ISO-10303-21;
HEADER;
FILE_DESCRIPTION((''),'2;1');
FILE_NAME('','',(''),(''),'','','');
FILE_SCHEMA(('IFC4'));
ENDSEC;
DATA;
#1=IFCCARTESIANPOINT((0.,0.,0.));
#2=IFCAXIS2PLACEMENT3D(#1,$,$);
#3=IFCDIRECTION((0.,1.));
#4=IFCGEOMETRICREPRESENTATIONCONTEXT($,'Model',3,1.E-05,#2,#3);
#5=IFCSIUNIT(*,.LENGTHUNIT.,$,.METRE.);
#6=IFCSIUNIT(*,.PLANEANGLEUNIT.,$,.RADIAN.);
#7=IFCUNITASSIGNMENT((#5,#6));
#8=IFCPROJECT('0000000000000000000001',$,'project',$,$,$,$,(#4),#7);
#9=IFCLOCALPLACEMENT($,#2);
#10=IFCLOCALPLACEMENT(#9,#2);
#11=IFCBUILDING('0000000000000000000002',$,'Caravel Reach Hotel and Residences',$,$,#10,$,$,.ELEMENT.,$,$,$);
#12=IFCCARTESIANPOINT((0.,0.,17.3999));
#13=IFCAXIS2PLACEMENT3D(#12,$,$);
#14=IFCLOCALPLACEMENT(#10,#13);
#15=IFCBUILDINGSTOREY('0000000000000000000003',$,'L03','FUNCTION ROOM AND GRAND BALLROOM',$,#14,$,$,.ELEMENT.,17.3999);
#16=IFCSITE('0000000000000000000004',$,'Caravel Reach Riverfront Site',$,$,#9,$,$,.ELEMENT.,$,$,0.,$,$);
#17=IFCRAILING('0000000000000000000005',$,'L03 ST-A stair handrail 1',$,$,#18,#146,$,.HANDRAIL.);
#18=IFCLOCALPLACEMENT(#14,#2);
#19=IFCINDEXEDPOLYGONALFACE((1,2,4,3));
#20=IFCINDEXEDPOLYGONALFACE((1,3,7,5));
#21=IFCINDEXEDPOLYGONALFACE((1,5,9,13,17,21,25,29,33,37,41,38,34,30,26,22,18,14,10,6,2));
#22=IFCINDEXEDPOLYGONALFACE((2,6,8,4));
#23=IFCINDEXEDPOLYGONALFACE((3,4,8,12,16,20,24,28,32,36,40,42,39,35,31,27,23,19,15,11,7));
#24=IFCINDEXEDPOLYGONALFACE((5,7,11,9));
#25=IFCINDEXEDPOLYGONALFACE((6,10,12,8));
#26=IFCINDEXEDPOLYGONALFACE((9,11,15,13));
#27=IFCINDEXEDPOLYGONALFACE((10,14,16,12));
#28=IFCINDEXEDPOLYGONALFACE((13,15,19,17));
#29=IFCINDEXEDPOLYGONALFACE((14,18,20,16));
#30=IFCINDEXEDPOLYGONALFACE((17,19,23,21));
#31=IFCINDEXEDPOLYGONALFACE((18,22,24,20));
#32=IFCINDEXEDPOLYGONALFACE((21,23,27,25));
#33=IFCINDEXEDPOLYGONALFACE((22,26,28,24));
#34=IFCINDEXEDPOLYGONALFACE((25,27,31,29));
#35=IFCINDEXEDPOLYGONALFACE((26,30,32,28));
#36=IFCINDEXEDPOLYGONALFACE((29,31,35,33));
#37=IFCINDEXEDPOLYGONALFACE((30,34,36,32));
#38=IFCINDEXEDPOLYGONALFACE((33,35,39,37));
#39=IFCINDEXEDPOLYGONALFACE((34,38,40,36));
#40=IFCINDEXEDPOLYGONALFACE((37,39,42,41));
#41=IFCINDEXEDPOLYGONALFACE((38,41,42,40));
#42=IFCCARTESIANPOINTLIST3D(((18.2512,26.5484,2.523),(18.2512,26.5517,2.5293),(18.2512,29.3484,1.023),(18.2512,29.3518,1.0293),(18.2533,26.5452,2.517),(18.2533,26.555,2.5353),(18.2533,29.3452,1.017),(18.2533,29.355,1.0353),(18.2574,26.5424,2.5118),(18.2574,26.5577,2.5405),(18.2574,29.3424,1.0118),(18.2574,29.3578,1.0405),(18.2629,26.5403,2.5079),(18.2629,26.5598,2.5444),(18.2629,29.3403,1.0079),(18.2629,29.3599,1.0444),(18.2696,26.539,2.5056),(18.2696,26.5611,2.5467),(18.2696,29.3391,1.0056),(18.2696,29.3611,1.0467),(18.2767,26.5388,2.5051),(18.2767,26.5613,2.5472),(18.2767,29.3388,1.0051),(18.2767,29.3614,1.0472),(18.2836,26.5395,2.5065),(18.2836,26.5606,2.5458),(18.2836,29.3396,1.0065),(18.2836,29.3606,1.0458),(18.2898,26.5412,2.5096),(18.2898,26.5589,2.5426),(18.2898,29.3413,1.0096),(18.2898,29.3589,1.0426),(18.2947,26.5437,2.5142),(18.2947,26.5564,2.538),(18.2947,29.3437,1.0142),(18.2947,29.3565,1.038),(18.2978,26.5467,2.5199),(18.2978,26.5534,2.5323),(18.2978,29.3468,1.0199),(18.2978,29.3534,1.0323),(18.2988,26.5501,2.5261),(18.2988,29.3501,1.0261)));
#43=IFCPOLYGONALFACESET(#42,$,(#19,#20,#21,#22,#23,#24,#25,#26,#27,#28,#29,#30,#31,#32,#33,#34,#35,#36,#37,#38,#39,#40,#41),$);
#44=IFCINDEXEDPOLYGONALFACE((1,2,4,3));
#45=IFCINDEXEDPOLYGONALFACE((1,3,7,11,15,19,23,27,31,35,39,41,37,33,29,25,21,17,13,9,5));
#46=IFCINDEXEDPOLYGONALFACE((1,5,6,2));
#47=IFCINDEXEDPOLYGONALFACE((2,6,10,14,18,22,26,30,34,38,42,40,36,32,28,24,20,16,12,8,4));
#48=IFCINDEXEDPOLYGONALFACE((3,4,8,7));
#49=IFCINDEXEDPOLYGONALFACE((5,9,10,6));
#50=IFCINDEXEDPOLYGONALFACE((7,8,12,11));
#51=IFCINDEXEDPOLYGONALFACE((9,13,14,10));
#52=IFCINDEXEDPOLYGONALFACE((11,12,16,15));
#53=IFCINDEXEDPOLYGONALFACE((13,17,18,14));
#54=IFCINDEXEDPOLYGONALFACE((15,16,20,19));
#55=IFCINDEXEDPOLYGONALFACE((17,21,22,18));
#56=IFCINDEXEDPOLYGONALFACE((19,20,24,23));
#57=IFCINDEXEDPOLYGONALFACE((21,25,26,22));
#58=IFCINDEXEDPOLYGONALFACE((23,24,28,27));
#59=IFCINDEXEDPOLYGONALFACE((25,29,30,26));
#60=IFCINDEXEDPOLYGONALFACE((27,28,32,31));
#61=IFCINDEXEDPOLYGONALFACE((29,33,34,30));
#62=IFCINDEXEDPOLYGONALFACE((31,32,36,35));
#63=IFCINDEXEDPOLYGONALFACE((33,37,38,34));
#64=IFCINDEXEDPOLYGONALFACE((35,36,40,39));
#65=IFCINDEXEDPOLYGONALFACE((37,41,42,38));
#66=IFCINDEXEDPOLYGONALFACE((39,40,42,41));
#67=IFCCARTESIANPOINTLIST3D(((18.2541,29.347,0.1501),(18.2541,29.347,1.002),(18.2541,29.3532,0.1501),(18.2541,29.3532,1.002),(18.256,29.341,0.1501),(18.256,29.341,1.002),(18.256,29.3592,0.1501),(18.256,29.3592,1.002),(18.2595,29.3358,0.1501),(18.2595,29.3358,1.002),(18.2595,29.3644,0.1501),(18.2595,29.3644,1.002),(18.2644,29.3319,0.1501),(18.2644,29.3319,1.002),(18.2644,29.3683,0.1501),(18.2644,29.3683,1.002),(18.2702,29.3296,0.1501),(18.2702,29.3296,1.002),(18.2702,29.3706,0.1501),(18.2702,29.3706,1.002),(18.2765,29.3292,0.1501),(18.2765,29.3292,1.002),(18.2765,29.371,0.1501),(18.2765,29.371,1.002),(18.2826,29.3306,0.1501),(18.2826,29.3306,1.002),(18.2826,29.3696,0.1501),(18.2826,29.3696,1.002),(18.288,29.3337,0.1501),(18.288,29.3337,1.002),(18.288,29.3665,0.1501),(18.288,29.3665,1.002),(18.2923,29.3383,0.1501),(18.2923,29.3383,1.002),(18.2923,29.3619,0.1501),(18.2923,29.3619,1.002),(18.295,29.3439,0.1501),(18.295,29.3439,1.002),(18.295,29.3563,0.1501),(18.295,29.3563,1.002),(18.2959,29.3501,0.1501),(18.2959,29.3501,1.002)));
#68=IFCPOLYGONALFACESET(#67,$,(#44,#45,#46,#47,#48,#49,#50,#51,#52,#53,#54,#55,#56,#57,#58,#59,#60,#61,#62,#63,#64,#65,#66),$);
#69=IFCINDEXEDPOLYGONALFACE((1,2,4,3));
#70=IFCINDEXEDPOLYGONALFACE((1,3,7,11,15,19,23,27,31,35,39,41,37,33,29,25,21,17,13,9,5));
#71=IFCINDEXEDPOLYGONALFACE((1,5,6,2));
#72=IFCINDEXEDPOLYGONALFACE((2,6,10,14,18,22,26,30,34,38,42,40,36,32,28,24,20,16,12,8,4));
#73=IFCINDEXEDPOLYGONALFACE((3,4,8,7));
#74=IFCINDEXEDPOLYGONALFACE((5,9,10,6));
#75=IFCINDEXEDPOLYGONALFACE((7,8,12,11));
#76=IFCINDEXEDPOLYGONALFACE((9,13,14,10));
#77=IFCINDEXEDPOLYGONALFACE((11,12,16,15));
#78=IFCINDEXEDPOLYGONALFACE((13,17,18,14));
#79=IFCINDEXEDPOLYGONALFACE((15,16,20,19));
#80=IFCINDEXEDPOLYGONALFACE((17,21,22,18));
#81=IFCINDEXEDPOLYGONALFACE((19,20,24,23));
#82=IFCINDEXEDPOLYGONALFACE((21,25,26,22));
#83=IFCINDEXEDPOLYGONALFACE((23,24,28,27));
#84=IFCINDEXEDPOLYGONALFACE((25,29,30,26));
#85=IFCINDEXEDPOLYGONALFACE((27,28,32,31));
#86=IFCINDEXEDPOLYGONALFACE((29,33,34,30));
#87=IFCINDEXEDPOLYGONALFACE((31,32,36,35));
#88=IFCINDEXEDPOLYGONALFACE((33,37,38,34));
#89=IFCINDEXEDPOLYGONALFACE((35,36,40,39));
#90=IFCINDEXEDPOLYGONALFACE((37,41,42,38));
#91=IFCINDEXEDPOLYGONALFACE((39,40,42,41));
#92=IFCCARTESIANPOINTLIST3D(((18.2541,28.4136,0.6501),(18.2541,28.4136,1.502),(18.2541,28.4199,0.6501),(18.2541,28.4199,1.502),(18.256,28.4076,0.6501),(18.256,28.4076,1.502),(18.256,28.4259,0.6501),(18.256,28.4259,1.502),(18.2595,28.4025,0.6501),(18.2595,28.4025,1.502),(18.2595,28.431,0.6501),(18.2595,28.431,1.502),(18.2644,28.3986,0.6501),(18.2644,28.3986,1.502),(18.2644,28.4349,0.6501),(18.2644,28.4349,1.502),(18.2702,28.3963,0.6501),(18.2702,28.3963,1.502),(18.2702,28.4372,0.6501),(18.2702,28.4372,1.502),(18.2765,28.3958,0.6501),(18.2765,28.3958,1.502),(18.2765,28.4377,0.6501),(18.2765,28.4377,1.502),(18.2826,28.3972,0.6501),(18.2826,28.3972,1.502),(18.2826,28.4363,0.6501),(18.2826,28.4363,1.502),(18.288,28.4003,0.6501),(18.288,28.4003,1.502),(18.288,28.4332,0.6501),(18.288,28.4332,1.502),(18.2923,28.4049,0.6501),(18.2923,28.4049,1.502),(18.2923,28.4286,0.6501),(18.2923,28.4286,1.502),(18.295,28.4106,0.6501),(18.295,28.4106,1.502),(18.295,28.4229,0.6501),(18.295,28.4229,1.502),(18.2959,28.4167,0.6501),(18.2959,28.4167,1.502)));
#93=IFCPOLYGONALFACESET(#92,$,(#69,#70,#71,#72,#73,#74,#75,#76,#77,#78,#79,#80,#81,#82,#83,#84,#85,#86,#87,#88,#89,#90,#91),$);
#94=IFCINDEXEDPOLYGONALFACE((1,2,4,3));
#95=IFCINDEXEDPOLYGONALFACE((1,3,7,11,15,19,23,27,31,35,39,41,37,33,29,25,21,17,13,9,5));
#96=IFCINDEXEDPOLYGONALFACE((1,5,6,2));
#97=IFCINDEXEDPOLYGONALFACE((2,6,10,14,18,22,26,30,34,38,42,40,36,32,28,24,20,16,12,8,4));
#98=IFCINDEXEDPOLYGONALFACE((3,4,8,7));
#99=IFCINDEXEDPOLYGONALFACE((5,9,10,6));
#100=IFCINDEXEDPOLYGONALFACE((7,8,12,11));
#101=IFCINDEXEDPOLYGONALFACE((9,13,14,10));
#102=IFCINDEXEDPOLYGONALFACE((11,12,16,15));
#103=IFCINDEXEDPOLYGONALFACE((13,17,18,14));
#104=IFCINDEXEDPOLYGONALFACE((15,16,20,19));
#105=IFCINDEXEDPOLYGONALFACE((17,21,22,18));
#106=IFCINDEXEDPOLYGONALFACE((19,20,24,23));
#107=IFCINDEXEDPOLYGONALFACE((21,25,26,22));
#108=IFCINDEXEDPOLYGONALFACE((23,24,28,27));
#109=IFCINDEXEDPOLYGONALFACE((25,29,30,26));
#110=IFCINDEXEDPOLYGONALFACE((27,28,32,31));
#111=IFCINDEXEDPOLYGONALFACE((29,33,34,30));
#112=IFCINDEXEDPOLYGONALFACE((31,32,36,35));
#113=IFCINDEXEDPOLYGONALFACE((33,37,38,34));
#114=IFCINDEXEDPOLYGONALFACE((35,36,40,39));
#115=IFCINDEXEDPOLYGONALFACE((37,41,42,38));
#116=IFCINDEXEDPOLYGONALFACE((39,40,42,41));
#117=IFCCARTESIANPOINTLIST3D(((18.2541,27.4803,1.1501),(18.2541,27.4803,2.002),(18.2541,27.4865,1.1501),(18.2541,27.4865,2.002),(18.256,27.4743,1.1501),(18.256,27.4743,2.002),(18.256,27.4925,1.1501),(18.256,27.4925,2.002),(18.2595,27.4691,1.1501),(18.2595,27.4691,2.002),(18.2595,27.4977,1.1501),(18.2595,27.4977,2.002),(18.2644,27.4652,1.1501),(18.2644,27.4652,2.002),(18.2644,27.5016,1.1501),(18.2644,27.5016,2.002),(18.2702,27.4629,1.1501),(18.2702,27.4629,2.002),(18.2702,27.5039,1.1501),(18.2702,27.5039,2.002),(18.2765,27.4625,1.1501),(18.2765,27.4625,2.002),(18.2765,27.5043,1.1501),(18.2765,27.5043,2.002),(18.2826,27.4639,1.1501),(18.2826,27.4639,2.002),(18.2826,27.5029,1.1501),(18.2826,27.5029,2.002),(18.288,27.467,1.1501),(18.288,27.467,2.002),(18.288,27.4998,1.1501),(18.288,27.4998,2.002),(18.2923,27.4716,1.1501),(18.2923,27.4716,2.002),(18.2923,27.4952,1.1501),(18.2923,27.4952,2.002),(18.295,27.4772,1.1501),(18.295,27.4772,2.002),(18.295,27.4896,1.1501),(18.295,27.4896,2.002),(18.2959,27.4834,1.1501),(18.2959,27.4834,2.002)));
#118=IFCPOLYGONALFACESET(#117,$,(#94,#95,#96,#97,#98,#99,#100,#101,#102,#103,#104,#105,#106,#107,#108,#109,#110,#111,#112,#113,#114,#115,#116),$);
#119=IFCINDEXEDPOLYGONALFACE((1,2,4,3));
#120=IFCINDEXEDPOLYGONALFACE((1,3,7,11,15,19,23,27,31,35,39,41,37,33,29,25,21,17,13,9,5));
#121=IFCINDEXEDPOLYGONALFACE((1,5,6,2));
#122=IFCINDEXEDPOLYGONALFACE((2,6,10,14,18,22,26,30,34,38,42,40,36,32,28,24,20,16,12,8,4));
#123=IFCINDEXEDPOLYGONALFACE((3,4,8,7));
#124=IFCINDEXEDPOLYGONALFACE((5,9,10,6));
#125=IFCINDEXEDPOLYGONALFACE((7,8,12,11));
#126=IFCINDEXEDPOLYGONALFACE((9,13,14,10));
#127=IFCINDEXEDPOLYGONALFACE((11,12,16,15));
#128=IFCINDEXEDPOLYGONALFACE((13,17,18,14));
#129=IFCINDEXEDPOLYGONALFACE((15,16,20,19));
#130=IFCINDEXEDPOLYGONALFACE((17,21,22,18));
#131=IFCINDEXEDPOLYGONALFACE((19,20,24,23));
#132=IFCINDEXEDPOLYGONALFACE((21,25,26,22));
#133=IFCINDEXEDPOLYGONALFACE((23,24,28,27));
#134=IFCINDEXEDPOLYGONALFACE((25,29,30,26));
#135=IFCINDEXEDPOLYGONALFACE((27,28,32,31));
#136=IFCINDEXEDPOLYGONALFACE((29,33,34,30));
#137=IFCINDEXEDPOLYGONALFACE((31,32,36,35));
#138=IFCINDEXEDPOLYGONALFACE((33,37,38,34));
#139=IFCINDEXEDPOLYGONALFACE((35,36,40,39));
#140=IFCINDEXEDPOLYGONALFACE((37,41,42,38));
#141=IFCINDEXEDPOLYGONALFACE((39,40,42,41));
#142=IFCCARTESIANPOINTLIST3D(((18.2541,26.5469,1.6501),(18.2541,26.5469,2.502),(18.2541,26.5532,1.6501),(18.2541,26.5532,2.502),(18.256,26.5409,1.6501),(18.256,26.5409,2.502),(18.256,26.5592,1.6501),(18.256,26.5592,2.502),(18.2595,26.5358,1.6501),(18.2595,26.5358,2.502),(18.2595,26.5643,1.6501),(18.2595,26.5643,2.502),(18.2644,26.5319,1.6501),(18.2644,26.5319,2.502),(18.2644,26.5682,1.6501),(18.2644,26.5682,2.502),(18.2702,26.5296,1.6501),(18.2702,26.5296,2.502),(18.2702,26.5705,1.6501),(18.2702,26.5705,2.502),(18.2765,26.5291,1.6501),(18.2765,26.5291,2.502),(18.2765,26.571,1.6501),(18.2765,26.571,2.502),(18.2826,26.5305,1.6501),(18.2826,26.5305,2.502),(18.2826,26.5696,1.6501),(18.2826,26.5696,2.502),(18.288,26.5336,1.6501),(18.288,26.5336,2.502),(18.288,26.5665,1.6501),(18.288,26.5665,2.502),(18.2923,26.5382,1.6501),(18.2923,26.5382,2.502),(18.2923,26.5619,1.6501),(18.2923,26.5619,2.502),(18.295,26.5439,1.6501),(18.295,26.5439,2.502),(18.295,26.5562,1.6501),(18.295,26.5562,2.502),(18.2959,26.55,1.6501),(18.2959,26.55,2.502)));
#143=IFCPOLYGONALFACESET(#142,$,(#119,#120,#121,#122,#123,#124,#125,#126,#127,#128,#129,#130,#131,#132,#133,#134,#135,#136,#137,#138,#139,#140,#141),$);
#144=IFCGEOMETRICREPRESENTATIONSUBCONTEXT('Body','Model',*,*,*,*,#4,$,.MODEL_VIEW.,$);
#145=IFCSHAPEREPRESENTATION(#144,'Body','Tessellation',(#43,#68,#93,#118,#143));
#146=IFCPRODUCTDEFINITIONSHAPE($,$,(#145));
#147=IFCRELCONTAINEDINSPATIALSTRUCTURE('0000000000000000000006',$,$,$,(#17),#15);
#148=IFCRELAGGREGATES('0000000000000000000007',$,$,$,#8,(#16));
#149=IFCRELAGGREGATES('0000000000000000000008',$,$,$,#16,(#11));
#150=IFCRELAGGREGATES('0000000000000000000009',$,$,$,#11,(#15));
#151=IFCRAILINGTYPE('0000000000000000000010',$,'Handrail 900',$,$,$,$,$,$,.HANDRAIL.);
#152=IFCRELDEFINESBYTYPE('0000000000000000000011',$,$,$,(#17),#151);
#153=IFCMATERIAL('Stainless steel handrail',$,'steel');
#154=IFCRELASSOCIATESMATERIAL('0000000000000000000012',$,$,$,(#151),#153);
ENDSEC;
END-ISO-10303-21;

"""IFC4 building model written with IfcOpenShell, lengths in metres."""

from ifc_helpers import new_model, si_unit, direction, frame, origin, origin_2d, place, context, subcontext, project, spatial, circle, extrude, material, type_object, element, save


model = new_model("IFC4")

# Units and contexts
model_context = context("Model", 3, precision=1e-05, world=origin(), true_north=direction((0.0, 1.0)))
body_context = subcontext(model_context, "Body", "Model", "MODEL_VIEW")
ifc_project = project(units=[si_unit("LENGTHUNIT", "METRE"), si_unit("PLANEANGLEUNIT", "RADIAN")], contexts=[model_context])

# Site, building, storey
site_placement = place(None, origin())
site = spatial("IfcSite", under=ifc_project, at=site_placement, Name="Caravel Reach Riverfront Site", CompositionType="ELEMENT", RefElevation=0.0)
building_placement = place(site_placement, origin())
building = spatial("IfcBuilding", under=site, at=building_placement, Name="Caravel Reach Hotel and Residences", CompositionType="ELEMENT")
storey_placement = place(building_placement, frame((0.0, 0.0, 17.3999)))
storey = spatial("IfcBuildingStorey", under=building, at=storey_placement, Name="L03", Description="FUNCTION ROOM AND GRAND BALLROOM", CompositionType="ELEMENT", Elevation=17.3999)

# Railing
ifc_material_1 = material(Name="Stainless steel handrail", Category="steel")
railing_type_1 = type_object("IfcRailingType", Name="Handrail 900", PredefinedType="HANDRAIL", material=ifc_material_1)
railing_1_placement = place(storey_placement, frame((18.2749, 29.3501, 0.1501)))
element("IfcRailing", 1, at=railing_1_placement, inside=storey, type_object=railing_type_1, Name="L03 ST-A stair handrail 1", PredefinedType="HANDRAIL", context=body_context, shape_type="SweptSolid", body=[
    extrude(circle(Radius=0.0239, at=origin_2d()), frame((0.0, 0.0, 0.876), z_axis=(0.0, -0.881483, 0.472215), x_axis=(1.0, 0.0, 0.0)), (0.0, 0.0, 1.0), 3.1765),
    extrude(circle(Radius=0.021, at=origin_2d()), origin(), (0.0, 0.0, 1.0), 0.8518),
    extrude(circle(Radius=0.021, at=origin_2d()), frame((0.0, -0.9333, 0.5)), (0.0, 0.0, 1.0), 0.8518),
    extrude(circle(Radius=0.021, at=origin_2d()), frame((0.0, -1.8667, 1.0)), (0.0, 0.0, 1.0), 0.8518),
    extrude(circle(Radius=0.021, at=origin_2d()), frame((0.0, -2.8, 1.5)), (0.0, 0.0, 1.0), 0.8518),
])

save(model, "model.ifc")
